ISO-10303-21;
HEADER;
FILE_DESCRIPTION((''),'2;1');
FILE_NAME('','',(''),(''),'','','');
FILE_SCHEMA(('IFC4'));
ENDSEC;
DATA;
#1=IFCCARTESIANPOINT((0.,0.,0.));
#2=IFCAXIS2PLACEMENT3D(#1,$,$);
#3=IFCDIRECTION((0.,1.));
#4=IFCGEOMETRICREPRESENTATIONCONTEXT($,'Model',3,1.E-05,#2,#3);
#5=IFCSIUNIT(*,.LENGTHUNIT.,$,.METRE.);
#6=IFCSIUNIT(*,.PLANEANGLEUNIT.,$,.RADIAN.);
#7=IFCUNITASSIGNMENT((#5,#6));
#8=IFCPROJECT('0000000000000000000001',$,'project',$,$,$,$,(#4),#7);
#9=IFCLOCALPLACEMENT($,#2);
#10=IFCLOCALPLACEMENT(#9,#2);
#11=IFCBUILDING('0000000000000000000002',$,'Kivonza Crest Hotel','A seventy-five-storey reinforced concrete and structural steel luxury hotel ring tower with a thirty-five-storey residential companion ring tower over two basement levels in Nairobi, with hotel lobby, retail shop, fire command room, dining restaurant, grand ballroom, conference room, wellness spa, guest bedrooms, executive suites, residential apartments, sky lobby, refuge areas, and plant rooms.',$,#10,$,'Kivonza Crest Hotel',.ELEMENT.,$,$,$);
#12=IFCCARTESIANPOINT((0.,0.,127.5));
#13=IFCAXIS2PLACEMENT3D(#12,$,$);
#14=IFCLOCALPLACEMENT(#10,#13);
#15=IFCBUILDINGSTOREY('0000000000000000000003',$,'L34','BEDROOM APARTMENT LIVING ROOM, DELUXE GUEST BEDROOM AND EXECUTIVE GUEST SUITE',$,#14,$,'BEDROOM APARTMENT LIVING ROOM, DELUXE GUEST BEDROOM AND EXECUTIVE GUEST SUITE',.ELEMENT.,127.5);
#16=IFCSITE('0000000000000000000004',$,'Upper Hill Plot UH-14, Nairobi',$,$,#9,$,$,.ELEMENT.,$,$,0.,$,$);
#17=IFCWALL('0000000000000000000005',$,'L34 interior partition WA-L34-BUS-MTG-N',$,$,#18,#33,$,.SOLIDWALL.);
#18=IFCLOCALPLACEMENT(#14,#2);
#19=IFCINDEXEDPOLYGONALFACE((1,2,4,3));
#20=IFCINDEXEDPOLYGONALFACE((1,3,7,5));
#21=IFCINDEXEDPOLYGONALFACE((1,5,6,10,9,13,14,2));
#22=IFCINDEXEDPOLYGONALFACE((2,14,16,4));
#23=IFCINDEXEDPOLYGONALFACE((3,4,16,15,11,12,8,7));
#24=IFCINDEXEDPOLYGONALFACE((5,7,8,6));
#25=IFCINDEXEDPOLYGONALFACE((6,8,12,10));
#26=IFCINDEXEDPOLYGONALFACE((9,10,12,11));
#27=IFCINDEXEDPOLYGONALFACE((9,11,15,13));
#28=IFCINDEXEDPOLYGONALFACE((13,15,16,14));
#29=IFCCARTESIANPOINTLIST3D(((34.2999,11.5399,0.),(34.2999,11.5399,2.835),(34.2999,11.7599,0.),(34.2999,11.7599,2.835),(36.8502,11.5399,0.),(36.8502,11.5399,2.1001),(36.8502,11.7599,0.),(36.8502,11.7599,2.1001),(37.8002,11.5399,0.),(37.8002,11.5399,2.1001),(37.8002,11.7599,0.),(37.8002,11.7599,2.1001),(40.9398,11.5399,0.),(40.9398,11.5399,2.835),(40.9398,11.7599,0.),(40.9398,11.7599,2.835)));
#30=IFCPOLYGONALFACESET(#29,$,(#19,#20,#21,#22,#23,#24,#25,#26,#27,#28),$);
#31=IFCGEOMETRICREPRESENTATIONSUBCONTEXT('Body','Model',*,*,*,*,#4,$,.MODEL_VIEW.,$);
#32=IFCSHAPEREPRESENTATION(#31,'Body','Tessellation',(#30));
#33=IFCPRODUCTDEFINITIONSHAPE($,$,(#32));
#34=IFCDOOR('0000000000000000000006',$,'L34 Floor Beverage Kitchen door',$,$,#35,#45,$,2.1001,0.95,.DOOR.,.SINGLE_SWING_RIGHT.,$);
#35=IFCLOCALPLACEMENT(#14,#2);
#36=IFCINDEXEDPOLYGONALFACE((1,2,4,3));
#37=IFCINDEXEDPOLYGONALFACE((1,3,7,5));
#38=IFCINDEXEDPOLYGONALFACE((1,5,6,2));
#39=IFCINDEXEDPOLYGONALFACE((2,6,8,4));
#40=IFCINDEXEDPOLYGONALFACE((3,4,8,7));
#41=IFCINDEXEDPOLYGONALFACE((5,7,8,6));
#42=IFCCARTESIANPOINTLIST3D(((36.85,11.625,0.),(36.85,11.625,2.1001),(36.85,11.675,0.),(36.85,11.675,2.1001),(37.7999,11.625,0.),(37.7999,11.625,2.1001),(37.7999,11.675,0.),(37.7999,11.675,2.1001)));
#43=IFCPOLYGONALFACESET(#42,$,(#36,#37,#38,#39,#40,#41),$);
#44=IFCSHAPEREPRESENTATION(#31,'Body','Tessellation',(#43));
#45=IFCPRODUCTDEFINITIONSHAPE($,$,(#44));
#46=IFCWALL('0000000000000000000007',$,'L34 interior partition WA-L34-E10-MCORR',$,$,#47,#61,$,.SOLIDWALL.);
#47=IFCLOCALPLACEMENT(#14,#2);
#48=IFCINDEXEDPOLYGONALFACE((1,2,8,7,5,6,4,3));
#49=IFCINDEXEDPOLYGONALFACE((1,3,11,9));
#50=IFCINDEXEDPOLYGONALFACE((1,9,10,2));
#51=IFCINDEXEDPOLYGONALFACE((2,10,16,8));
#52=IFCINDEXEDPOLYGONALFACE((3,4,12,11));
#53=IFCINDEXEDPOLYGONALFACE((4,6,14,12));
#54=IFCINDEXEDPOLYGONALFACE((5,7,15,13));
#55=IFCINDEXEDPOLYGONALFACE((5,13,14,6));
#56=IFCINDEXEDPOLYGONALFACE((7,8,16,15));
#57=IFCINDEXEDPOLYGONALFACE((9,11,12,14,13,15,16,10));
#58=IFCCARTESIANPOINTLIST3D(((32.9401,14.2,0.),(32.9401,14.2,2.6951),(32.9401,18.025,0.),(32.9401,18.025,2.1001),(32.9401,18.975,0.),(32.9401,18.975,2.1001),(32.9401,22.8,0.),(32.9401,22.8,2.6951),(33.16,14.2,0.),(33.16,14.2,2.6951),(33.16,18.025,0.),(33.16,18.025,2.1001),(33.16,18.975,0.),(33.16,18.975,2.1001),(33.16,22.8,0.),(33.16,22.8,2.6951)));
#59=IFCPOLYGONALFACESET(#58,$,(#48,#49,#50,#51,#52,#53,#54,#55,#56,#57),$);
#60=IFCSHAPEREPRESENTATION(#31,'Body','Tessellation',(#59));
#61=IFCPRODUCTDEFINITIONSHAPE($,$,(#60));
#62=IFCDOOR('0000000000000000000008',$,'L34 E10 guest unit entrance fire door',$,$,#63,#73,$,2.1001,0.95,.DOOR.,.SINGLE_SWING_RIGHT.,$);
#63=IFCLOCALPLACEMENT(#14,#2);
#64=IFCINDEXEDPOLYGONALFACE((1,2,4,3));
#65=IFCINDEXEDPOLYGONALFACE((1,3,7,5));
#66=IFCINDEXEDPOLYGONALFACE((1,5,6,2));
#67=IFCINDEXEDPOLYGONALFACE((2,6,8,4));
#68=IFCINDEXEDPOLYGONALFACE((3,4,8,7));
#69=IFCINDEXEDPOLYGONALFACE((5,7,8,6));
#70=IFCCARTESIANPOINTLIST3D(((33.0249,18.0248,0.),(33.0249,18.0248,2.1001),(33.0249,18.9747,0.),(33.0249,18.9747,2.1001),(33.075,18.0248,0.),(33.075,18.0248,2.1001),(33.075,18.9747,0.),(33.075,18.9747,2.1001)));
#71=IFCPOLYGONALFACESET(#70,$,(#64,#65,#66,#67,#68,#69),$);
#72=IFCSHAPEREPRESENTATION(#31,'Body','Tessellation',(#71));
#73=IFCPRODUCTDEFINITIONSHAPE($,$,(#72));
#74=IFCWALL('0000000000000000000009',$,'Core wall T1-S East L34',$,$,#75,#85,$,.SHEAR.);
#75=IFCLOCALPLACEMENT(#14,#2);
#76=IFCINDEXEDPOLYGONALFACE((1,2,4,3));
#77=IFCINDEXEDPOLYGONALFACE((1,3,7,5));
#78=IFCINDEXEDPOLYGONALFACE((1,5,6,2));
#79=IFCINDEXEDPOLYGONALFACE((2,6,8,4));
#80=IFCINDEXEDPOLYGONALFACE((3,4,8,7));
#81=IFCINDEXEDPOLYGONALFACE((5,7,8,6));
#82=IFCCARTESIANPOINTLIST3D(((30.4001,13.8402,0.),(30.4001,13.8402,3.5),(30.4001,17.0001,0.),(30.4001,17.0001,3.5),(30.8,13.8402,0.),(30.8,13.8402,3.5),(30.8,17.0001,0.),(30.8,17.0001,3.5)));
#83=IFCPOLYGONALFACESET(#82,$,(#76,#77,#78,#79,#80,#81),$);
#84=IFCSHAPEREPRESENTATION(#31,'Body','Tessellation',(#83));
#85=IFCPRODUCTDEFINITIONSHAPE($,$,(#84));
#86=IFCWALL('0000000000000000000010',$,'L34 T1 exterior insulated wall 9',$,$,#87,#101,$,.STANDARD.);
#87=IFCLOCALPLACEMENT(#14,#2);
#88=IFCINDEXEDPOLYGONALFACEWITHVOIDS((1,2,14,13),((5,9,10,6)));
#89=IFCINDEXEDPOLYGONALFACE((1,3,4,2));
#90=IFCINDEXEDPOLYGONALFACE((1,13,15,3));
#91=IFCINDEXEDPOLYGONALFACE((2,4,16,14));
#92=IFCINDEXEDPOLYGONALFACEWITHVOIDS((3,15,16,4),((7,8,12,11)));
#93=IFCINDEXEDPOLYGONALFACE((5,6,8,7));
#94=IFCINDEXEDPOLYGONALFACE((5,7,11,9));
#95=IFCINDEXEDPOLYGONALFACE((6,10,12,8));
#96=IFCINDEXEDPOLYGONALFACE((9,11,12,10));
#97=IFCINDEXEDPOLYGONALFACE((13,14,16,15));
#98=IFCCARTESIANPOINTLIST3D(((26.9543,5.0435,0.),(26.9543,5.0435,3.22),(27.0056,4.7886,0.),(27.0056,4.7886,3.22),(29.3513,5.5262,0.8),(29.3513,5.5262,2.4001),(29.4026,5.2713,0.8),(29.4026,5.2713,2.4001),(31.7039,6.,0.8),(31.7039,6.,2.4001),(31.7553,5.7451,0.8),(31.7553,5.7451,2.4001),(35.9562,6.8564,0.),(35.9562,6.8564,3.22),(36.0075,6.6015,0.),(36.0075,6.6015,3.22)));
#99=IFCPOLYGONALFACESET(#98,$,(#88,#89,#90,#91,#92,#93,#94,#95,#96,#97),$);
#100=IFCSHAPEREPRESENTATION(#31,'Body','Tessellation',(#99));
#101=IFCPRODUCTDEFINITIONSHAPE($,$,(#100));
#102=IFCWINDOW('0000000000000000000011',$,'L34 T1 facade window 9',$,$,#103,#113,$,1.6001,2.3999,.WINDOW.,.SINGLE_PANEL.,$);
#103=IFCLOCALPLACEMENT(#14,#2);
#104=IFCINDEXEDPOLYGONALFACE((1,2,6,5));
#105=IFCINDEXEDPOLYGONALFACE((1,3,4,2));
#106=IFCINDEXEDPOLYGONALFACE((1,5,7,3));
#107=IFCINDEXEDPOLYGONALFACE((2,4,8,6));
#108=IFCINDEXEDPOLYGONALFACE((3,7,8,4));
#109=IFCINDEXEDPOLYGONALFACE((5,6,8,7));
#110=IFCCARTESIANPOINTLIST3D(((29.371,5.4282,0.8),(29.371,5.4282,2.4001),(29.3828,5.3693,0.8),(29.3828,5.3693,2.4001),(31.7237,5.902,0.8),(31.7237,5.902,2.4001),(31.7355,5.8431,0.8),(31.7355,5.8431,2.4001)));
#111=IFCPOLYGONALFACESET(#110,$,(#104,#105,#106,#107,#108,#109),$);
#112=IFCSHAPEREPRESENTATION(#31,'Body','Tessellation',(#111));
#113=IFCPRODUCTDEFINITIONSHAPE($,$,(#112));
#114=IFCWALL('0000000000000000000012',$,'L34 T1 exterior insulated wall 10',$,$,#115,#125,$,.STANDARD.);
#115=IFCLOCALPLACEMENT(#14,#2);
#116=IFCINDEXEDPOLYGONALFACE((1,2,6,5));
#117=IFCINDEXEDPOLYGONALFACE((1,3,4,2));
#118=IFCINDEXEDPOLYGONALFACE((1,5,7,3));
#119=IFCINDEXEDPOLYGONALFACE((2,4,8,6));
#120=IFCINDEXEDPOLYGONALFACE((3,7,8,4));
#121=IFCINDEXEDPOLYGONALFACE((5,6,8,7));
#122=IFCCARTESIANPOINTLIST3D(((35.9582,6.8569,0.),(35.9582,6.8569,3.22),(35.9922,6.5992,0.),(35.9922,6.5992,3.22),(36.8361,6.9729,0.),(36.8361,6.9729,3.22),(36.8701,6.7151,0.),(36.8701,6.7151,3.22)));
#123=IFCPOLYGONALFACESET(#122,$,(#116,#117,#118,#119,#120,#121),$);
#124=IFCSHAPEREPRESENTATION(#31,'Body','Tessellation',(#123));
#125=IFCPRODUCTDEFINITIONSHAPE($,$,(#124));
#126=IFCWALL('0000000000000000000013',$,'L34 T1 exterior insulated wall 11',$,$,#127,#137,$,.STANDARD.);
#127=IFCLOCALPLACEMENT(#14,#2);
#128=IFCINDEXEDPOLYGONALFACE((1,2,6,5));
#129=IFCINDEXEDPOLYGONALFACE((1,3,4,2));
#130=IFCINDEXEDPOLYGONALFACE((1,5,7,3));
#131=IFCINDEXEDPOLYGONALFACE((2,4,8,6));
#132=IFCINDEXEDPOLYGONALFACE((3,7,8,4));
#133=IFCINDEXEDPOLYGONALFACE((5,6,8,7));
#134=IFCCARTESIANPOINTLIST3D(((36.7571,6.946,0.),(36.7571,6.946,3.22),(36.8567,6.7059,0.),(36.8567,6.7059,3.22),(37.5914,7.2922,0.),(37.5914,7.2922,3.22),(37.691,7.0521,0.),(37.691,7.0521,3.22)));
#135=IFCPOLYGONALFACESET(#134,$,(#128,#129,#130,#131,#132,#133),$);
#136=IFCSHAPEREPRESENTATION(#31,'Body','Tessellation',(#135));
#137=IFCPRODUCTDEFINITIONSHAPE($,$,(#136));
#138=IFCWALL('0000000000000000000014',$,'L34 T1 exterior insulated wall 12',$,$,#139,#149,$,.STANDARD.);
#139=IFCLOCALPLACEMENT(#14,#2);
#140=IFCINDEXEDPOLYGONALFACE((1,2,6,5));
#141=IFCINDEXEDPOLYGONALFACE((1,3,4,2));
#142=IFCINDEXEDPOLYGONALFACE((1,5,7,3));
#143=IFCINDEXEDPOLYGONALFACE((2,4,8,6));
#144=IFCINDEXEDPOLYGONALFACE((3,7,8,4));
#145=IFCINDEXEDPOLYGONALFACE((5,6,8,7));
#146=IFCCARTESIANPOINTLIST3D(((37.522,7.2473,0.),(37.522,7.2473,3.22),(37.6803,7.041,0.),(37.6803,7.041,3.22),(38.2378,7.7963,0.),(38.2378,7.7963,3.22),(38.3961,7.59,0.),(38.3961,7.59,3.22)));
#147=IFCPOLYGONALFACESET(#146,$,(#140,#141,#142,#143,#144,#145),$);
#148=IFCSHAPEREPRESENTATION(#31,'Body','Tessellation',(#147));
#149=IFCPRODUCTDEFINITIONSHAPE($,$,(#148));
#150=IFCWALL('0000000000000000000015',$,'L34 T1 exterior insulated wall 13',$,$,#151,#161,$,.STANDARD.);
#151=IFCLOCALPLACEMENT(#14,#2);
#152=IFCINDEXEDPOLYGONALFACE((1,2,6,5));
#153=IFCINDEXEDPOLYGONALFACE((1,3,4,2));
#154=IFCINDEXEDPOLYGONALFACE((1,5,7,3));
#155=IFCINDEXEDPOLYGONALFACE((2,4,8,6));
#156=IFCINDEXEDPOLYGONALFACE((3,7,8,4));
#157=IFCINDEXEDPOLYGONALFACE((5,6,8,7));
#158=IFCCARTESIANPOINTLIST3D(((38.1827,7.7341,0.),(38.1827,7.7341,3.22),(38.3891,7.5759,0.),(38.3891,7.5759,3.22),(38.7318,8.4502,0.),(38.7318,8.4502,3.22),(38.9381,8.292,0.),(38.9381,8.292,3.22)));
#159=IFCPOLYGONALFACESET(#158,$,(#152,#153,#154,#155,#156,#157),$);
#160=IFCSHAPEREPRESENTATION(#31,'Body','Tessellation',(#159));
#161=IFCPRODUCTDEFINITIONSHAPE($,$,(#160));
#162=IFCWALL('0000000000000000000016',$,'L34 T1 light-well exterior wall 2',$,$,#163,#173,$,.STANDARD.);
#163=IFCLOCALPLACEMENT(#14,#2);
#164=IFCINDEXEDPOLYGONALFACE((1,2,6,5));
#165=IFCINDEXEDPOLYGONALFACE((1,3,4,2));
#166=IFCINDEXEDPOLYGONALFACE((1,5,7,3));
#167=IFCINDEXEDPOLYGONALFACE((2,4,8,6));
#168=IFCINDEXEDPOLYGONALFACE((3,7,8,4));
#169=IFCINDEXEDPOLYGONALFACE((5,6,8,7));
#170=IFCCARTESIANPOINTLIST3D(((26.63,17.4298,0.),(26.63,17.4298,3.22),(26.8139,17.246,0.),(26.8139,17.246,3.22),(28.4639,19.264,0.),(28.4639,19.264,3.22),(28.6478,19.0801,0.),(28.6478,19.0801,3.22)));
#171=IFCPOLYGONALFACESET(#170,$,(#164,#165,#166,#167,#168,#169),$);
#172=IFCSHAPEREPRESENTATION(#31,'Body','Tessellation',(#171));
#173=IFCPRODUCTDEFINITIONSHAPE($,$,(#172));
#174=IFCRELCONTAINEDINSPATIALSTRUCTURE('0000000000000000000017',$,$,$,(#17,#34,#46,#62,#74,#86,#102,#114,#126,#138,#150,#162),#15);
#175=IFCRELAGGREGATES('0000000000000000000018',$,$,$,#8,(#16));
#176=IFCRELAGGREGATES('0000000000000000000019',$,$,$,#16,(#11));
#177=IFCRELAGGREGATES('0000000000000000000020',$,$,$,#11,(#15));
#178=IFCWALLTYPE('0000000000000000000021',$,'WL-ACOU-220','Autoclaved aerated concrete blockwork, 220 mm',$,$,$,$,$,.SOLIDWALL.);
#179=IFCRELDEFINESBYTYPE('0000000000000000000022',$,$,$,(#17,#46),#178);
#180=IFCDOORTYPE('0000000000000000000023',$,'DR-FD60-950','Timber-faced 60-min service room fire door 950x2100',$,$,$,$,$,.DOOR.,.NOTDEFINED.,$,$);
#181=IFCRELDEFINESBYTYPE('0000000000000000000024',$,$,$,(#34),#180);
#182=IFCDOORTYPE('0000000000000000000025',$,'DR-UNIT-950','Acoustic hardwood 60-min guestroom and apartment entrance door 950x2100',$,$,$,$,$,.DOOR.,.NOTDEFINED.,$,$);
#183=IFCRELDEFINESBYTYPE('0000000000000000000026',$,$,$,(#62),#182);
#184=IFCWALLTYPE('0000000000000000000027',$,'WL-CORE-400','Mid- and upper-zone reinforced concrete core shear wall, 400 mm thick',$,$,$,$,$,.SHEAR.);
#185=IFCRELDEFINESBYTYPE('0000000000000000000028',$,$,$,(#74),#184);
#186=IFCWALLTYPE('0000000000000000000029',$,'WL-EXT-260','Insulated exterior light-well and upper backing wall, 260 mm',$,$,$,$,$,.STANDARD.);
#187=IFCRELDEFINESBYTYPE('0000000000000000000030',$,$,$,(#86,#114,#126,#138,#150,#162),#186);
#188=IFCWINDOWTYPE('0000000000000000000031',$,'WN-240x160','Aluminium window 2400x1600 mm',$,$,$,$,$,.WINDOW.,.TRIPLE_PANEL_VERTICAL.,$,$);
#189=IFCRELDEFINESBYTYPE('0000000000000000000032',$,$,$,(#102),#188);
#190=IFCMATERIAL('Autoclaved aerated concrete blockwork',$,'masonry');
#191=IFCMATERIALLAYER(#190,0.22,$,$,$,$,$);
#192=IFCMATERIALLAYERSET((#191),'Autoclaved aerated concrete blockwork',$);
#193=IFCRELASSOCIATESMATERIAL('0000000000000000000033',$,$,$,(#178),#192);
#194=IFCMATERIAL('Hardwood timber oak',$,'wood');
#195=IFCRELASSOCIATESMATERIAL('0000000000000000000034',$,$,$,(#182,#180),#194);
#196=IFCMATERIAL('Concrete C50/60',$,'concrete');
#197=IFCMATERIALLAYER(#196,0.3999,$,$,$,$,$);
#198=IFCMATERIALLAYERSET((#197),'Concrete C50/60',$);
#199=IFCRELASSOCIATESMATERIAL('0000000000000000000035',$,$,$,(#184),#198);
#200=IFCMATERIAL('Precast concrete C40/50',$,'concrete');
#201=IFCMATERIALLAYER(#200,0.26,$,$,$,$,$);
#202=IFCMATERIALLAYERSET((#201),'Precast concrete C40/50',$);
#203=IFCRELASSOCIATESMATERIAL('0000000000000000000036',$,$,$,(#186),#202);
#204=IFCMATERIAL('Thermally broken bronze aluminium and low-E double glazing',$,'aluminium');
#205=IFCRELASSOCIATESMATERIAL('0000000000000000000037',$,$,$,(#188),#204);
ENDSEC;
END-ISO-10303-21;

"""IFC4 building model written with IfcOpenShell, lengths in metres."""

from ifc_helpers import new_model, si_unit, direction, frame, frame_2d, origin, place, context, subcontext, project, spatial, rectangle, extrude, material, layer, layer_set, type_object, element, fill, save


model = new_model("IFC4")

# Units and contexts
model_context = context("Model", 3, precision=1e-05, world=origin(), true_north=direction((0.0, 1.0)))
body_context = subcontext(model_context, "Body", "Model", "MODEL_VIEW")
ifc_project = project(units=[si_unit("LENGTHUNIT", "METRE"), si_unit("PLANEANGLEUNIT", "RADIAN")], contexts=[model_context])

# Site, building, storey
site_placement = place(None, origin())
site = spatial("IfcSite", under=ifc_project, at=site_placement, Name="Upper Hill Plot UH-14, Nairobi", CompositionType="ELEMENT", RefElevation=0.0)
building_placement = place(site_placement, origin())
building = spatial("IfcBuilding", under=site, at=building_placement, Name="Kivonza Crest Hotel", Description="A seventy-five-storey reinforced concrete and structural steel luxury hotel ring tower with a thirty-five-storey residential companion ring tower over two basement levels in Nairobi, with hotel lobby, retail shop, fire command room, dining restaurant, grand ballroom, conference room, wellness spa, guest bedrooms, executive suites, residential apartments, sky lobby, refuge areas, and plant rooms.", LongName="Kivonza Crest Hotel", CompositionType="ELEMENT")
storey_placement = place(building_placement, frame((0.0, 0.0, 127.5)))
storey = spatial("IfcBuildingStorey", under=building, at=storey_placement, Name="L34", Description="BEDROOM APARTMENT LIVING ROOM, DELUXE GUEST BEDROOM AND EXECUTIVE GUEST SUITE", LongName="BEDROOM APARTMENT LIVING ROOM, DELUXE GUEST BEDROOM AND EXECUTIVE GUEST SUITE", CompositionType="ELEMENT", Elevation=127.5)

# Walls, openings, doors
ifc_material_1 = material(Name="Autoclaved aerated concrete blockwork", Category="masonry")
ifc_layer_1 = layer(ifc_material_1, 0.22)
ifc_layer_set_1 = layer_set([ifc_layer_1], Name="Autoclaved aerated concrete blockwork")
wall_type_1 = type_object("IfcWallType", Name="WL-ACOU-220", Description="Autoclaved aerated concrete blockwork, 220 mm", PredefinedType="SOLIDWALL", material=ifc_layer_set_1)
ifc_material_2 = material(Name="Hardwood timber oak", Category="wood")
door_type_1 = type_object("IfcDoorType", Name="DR-UNIT-950", Description="Acoustic hardwood 60-min guestroom and apartment entrance door 950x2100", OperationType="NOTDEFINED", PredefinedType="DOOR", material=ifc_material_2)
wall_1_placement = place(storey_placement, frame((34.3, 11.6499, 0.0), z_axis=(0.0, 0.0, 1.0), x_axis=(1.0, 0.0, 0.0)))
wall_1 = element("IfcWall", 1, at=wall_1_placement, inside=storey, type_object=wall_type_1, Name="L34 interior partition WA-L34-BUS-MTG-N", PredefinedType="SOLIDWALL", context=body_context, shape_type="SweptSolid", body=[
    extrude(rectangle(XDim=6.6399, YDim=0.22, at=frame_2d((3.3198, 0.0))), origin(), (0.0, 0.0, 1.0), 2.835),
])
opening_1_placement = place(wall_1_placement, frame((2.55, 0.0, 0.0)))
opening_1 = element("IfcOpeningElement", 2, at=opening_1_placement, cuts=wall_1, PredefinedType="OPENING", context=body_context, shape_type="SweptSolid", body=[
    extrude(rectangle(XDim=0.95, YDim=2.1001, at=frame_2d((0.4751, 1.05))), frame((0.0, 0.1201, 0.0), z_axis=(0.0, -1.0, 0.0), x_axis=(1.0, 0.0, 0.0)), (0.0, 0.0, 1.0), 0.24),
])
door_type_2 = type_object("IfcDoorType", Name="DR-FD60-950", Description="Timber-faced 60-min service room fire door 950x2100", OperationType="NOTDEFINED", PredefinedType="DOOR", material=ifc_material_2)
door_1_placement = place(opening_1_placement, frame((0.95, 0.0, 0.0), z_axis=(0.0, 0.0, 1.0), x_axis=(-1.0, 0.0, 0.0)))
door_1 = element("IfcDoor", 3, at=door_1_placement, inside=storey, type_object=door_type_2, Name="L34 Floor Beverage Kitchen door", OperationType="SINGLE_SWING_RIGHT", OverallHeight=2.1001, OverallWidth=0.95, PredefinedType="DOOR", context=body_context, shape_type="SweptSolid", body=[
    extrude(rectangle(XDim=0.95, YDim=2.1001, at=frame_2d((0.4751, 1.05))), frame((0.0, 0.0249, 0.0), z_axis=(0.0, -1.0, 0.0), x_axis=(1.0, 0.0, 0.0)), (0.0, 0.0, 1.0), 0.05),
])
fill(opening_1, door_1)
wall_2_placement = place(storey_placement, frame((33.05, 14.2, 0.0), z_axis=(0.0, 0.0, 1.0), x_axis=(0.0, 1.0, 0.0)))
wall_2 = element("IfcWall", 4, at=wall_2_placement, inside=storey, type_object=wall_type_1, Name="L34 interior partition WA-L34-E10-MCORR", PredefinedType="SOLIDWALL", context=body_context, shape_type="SweptSolid", body=[
    extrude(rectangle(XDim=8.6001, YDim=0.22, at=frame_2d((4.3, 0.0))), origin(), (0.0, 0.0, 1.0), 2.6951),
])
opening_2_placement = place(wall_2_placement, frame((3.825, 0.0, 0.0)))
opening_2 = element("IfcOpeningElement", 5, at=opening_2_placement, cuts=wall_2, PredefinedType="OPENING", context=body_context, shape_type="SweptSolid", body=[
    extrude(rectangle(XDim=0.95, YDim=2.1001, at=frame_2d((0.4751, 1.05))), frame((0.0, 0.1201, 0.0), z_axis=(0.0, -1.0, 0.0), x_axis=(1.0, 0.0, 0.0)), (0.0, 0.0, 1.0), 0.24),
])
door_2_placement = place(opening_2_placement, frame((0.95, 0.0, 0.0), z_axis=(0.0, 0.0, 1.0), x_axis=(-1.0, 0.0, 0.0)))
door_2 = element("IfcDoor", 6, at=door_2_placement, inside=storey, type_object=door_type_1, Name="L34 E10 guest unit entrance fire door", OperationType="SINGLE_SWING_RIGHT", OverallHeight=2.1001, OverallWidth=0.95, PredefinedType="DOOR", context=body_context, shape_type="SweptSolid", body=[
    extrude(rectangle(XDim=0.95, YDim=2.1001, at=frame_2d((0.4751, 1.05))), frame((0.0, 0.0249, 0.0), z_axis=(0.0, -1.0, 0.0), x_axis=(1.0, 0.0, 0.0)), (0.0, 0.0, 1.0), 0.05),
])
fill(opening_2, door_2)

# Wall
ifc_material_3 = material(Name="Concrete C50/60", Category="concrete")
ifc_layer_2 = layer(ifc_material_3, 0.3999)
ifc_layer_set_2 = layer_set([ifc_layer_2], Name="Concrete C50/60")
wall_type_2 = type_object("IfcWallType", Name="WL-CORE-400", Description="Mid- and upper-zone reinforced concrete core shear wall, 400 mm thick", PredefinedType="SHEAR", material=ifc_layer_set_2)
wall_3_placement = place(storey_placement, frame((30.6001, 13.8401, 0.0), z_axis=(0.0, 0.0, 1.0), x_axis=(0.0, 1.0, 0.0)))
element("IfcWall", 7, at=wall_3_placement, inside=storey, type_object=wall_type_2, Name="Core wall T1-S East L34", PredefinedType="SHEAR", context=body_context, shape_type="SweptSolid", body=[
    extrude(rectangle(XDim=3.1599, YDim=0.3999, at=frame_2d((1.5801, 0.0))), origin(), (0.0, 0.0, 1.0), 3.5),
])

# Wall, opening, window
ifc_material_4 = material(Name="Precast concrete C40/50", Category="concrete")
ifc_layer_3 = layer(ifc_material_4, 0.26)
ifc_layer_set_3 = layer_set([ifc_layer_3], Name="Precast concrete C40/50")
wall_type_3 = type_object("IfcWallType", Name="WL-EXT-260", Description="Insulated exterior light-well and upper backing wall, 260 mm", PredefinedType="STANDARD", material=ifc_layer_set_3)
wall_4_placement = place(storey_placement, frame((26.98, 4.916, 0.0), z_axis=(0.0, 0.0, 1.0), x_axis=(0.980316, 0.197435, 0.0)))
wall_4 = element("IfcWall", 8, at=wall_4_placement, inside=storey, type_object=wall_type_3, Name="L34 T1 exterior insulated wall 9", PredefinedType="STANDARD", context=body_context, shape_type="SweptSolid", body=[
    extrude(rectangle(XDim=9.1826, YDim=0.26, at=frame_2d((4.5913, 0.0))), origin(), (0.0, 0.0, 1.0), 3.22),
])
opening_3_placement = place(wall_4_placement, frame((2.4451, 0.0, 0.8)))
opening_3 = element("IfcOpeningElement", 9, at=opening_3_placement, cuts=wall_4, PredefinedType="OPENING", context=body_context, shape_type="SweptSolid", body=[
    extrude(rectangle(XDim=2.3999, YDim=1.6001, at=frame_2d((1.2, 0.8))), frame((0.0, 0.1401, 0.0), z_axis=(0.0, -1.0, 0.0), x_axis=(1.0, 0.0, 0.0)), (0.0, 0.0, 1.0), 0.28),
])
ifc_material_5 = material(Name="Thermally broken bronze aluminium and low-E double glazing", Category="aluminium")
window_type = type_object("IfcWindowType", Name="WN-240x160", Description="Aluminium window 2400x1600 mm", PartitioningType="TRIPLE_PANEL_VERTICAL", PredefinedType="WINDOW", material=ifc_material_5)
window_placement = place(opening_3_placement, origin())
window = element("IfcWindow", 10, at=window_placement, inside=storey, type_object=window_type, Name="L34 T1 facade window 9", OverallHeight=1.6001, OverallWidth=2.3999, PartitioningType="SINGLE_PANEL", PredefinedType="WINDOW", context=body_context, shape_type="SweptSolid", body=[
    extrude(rectangle(XDim=2.3999, YDim=1.6001, at=frame_2d((1.2, 0.8))), frame((0.0, 0.03, 0.0), z_axis=(0.0, -1.0, 0.0), x_axis=(1.0, 0.0, 0.0)), (0.0, 0.0, 1.0), 0.0601),
])
fill(opening_3, window)

# Walls
wall_5_placement = place(storey_placement, frame((35.9751, 6.728, 0.0), z_axis=(0.0, 0.0, 1.0), x_axis=(0.991388, 0.130954, 0.0)))
element("IfcWall", 11, at=wall_5_placement, inside=storey, type_object=wall_type_3, Name="L34 T1 exterior insulated wall 10", PredefinedType="STANDARD", context=body_context, shape_type="SweptSolid", body=[
    extrude(rectangle(XDim=0.8855, YDim=0.26, at=frame_2d((0.4429, 0.0))), origin(), (0.0, 0.0, 1.0), 3.22),
])
wall_6_placement = place(storey_placement, frame((36.8069, 6.8259, 0.0), z_axis=(0.0, 0.0, 1.0), x_axis=(0.923628, 0.383291, 0.0)))
element("IfcWall", 12, at=wall_6_placement, inside=storey, type_object=wall_type_3, Name="L34 T1 exterior insulated wall 11", PredefinedType="STANDARD", context=body_context, shape_type="SweptSolid", body=[
    extrude(rectangle(XDim=0.9033, YDim=0.26, at=frame_2d((0.4517, 0.0))), origin(), (0.0, 0.0, 1.0), 3.22),
])
wall_7_placement = place(storey_placement, frame((37.6011, 7.144, 0.0), z_axis=(0.0, 0.0, 1.0), x_axis=(0.793458, 0.608625, 0.0)))
element("IfcWall", 13, at=wall_7_placement, inside=storey, type_object=wall_type_3, Name="L34 T1 exterior insulated wall 12", PredefinedType="STANDARD", context=body_context, shape_type="SweptSolid", body=[
    extrude(rectangle(XDim=0.9021, YDim=0.26, at=frame_2d((0.4512, 0.0))), origin(), (0.0, 0.0, 1.0), 3.22),
])
wall_8_placement = place(storey_placement, frame((38.2859, 7.655, 0.0), z_axis=(0.0, 0.0, 1.0), x_axis=(0.608494, 0.793558, 0.0)))
element("IfcWall", 14, at=wall_8_placement, inside=storey, type_object=wall_type_3, Name="L34 T1 exterior insulated wall 13", PredefinedType="STANDARD", context=body_context, shape_type="SweptSolid", body=[
    extrude(rectangle(XDim=0.9023, YDim=0.26, at=frame_2d((0.4512, 0.0))), origin(), (0.0, 0.0, 1.0), 3.22),
])
wall_9_placement = place(storey_placement, frame((26.7219, 17.3379, 0.0), z_axis=(0.0, 0.0, 1.0), x_axis=(0.70706, 0.707154, 0.0)))
element("IfcWall", 15, at=wall_9_placement, inside=storey, type_object=wall_type_3, Name="L34 T1 light-well exterior wall 2", PredefinedType="STANDARD", context=body_context, shape_type="SweptSolid", body=[
    extrude(rectangle(XDim=2.5938, YDim=0.26, at=frame_2d((1.2969, 0.0))), origin(), (0.0, 0.0, 1.0), 3.22),
])

save(model, "model.ifc")
